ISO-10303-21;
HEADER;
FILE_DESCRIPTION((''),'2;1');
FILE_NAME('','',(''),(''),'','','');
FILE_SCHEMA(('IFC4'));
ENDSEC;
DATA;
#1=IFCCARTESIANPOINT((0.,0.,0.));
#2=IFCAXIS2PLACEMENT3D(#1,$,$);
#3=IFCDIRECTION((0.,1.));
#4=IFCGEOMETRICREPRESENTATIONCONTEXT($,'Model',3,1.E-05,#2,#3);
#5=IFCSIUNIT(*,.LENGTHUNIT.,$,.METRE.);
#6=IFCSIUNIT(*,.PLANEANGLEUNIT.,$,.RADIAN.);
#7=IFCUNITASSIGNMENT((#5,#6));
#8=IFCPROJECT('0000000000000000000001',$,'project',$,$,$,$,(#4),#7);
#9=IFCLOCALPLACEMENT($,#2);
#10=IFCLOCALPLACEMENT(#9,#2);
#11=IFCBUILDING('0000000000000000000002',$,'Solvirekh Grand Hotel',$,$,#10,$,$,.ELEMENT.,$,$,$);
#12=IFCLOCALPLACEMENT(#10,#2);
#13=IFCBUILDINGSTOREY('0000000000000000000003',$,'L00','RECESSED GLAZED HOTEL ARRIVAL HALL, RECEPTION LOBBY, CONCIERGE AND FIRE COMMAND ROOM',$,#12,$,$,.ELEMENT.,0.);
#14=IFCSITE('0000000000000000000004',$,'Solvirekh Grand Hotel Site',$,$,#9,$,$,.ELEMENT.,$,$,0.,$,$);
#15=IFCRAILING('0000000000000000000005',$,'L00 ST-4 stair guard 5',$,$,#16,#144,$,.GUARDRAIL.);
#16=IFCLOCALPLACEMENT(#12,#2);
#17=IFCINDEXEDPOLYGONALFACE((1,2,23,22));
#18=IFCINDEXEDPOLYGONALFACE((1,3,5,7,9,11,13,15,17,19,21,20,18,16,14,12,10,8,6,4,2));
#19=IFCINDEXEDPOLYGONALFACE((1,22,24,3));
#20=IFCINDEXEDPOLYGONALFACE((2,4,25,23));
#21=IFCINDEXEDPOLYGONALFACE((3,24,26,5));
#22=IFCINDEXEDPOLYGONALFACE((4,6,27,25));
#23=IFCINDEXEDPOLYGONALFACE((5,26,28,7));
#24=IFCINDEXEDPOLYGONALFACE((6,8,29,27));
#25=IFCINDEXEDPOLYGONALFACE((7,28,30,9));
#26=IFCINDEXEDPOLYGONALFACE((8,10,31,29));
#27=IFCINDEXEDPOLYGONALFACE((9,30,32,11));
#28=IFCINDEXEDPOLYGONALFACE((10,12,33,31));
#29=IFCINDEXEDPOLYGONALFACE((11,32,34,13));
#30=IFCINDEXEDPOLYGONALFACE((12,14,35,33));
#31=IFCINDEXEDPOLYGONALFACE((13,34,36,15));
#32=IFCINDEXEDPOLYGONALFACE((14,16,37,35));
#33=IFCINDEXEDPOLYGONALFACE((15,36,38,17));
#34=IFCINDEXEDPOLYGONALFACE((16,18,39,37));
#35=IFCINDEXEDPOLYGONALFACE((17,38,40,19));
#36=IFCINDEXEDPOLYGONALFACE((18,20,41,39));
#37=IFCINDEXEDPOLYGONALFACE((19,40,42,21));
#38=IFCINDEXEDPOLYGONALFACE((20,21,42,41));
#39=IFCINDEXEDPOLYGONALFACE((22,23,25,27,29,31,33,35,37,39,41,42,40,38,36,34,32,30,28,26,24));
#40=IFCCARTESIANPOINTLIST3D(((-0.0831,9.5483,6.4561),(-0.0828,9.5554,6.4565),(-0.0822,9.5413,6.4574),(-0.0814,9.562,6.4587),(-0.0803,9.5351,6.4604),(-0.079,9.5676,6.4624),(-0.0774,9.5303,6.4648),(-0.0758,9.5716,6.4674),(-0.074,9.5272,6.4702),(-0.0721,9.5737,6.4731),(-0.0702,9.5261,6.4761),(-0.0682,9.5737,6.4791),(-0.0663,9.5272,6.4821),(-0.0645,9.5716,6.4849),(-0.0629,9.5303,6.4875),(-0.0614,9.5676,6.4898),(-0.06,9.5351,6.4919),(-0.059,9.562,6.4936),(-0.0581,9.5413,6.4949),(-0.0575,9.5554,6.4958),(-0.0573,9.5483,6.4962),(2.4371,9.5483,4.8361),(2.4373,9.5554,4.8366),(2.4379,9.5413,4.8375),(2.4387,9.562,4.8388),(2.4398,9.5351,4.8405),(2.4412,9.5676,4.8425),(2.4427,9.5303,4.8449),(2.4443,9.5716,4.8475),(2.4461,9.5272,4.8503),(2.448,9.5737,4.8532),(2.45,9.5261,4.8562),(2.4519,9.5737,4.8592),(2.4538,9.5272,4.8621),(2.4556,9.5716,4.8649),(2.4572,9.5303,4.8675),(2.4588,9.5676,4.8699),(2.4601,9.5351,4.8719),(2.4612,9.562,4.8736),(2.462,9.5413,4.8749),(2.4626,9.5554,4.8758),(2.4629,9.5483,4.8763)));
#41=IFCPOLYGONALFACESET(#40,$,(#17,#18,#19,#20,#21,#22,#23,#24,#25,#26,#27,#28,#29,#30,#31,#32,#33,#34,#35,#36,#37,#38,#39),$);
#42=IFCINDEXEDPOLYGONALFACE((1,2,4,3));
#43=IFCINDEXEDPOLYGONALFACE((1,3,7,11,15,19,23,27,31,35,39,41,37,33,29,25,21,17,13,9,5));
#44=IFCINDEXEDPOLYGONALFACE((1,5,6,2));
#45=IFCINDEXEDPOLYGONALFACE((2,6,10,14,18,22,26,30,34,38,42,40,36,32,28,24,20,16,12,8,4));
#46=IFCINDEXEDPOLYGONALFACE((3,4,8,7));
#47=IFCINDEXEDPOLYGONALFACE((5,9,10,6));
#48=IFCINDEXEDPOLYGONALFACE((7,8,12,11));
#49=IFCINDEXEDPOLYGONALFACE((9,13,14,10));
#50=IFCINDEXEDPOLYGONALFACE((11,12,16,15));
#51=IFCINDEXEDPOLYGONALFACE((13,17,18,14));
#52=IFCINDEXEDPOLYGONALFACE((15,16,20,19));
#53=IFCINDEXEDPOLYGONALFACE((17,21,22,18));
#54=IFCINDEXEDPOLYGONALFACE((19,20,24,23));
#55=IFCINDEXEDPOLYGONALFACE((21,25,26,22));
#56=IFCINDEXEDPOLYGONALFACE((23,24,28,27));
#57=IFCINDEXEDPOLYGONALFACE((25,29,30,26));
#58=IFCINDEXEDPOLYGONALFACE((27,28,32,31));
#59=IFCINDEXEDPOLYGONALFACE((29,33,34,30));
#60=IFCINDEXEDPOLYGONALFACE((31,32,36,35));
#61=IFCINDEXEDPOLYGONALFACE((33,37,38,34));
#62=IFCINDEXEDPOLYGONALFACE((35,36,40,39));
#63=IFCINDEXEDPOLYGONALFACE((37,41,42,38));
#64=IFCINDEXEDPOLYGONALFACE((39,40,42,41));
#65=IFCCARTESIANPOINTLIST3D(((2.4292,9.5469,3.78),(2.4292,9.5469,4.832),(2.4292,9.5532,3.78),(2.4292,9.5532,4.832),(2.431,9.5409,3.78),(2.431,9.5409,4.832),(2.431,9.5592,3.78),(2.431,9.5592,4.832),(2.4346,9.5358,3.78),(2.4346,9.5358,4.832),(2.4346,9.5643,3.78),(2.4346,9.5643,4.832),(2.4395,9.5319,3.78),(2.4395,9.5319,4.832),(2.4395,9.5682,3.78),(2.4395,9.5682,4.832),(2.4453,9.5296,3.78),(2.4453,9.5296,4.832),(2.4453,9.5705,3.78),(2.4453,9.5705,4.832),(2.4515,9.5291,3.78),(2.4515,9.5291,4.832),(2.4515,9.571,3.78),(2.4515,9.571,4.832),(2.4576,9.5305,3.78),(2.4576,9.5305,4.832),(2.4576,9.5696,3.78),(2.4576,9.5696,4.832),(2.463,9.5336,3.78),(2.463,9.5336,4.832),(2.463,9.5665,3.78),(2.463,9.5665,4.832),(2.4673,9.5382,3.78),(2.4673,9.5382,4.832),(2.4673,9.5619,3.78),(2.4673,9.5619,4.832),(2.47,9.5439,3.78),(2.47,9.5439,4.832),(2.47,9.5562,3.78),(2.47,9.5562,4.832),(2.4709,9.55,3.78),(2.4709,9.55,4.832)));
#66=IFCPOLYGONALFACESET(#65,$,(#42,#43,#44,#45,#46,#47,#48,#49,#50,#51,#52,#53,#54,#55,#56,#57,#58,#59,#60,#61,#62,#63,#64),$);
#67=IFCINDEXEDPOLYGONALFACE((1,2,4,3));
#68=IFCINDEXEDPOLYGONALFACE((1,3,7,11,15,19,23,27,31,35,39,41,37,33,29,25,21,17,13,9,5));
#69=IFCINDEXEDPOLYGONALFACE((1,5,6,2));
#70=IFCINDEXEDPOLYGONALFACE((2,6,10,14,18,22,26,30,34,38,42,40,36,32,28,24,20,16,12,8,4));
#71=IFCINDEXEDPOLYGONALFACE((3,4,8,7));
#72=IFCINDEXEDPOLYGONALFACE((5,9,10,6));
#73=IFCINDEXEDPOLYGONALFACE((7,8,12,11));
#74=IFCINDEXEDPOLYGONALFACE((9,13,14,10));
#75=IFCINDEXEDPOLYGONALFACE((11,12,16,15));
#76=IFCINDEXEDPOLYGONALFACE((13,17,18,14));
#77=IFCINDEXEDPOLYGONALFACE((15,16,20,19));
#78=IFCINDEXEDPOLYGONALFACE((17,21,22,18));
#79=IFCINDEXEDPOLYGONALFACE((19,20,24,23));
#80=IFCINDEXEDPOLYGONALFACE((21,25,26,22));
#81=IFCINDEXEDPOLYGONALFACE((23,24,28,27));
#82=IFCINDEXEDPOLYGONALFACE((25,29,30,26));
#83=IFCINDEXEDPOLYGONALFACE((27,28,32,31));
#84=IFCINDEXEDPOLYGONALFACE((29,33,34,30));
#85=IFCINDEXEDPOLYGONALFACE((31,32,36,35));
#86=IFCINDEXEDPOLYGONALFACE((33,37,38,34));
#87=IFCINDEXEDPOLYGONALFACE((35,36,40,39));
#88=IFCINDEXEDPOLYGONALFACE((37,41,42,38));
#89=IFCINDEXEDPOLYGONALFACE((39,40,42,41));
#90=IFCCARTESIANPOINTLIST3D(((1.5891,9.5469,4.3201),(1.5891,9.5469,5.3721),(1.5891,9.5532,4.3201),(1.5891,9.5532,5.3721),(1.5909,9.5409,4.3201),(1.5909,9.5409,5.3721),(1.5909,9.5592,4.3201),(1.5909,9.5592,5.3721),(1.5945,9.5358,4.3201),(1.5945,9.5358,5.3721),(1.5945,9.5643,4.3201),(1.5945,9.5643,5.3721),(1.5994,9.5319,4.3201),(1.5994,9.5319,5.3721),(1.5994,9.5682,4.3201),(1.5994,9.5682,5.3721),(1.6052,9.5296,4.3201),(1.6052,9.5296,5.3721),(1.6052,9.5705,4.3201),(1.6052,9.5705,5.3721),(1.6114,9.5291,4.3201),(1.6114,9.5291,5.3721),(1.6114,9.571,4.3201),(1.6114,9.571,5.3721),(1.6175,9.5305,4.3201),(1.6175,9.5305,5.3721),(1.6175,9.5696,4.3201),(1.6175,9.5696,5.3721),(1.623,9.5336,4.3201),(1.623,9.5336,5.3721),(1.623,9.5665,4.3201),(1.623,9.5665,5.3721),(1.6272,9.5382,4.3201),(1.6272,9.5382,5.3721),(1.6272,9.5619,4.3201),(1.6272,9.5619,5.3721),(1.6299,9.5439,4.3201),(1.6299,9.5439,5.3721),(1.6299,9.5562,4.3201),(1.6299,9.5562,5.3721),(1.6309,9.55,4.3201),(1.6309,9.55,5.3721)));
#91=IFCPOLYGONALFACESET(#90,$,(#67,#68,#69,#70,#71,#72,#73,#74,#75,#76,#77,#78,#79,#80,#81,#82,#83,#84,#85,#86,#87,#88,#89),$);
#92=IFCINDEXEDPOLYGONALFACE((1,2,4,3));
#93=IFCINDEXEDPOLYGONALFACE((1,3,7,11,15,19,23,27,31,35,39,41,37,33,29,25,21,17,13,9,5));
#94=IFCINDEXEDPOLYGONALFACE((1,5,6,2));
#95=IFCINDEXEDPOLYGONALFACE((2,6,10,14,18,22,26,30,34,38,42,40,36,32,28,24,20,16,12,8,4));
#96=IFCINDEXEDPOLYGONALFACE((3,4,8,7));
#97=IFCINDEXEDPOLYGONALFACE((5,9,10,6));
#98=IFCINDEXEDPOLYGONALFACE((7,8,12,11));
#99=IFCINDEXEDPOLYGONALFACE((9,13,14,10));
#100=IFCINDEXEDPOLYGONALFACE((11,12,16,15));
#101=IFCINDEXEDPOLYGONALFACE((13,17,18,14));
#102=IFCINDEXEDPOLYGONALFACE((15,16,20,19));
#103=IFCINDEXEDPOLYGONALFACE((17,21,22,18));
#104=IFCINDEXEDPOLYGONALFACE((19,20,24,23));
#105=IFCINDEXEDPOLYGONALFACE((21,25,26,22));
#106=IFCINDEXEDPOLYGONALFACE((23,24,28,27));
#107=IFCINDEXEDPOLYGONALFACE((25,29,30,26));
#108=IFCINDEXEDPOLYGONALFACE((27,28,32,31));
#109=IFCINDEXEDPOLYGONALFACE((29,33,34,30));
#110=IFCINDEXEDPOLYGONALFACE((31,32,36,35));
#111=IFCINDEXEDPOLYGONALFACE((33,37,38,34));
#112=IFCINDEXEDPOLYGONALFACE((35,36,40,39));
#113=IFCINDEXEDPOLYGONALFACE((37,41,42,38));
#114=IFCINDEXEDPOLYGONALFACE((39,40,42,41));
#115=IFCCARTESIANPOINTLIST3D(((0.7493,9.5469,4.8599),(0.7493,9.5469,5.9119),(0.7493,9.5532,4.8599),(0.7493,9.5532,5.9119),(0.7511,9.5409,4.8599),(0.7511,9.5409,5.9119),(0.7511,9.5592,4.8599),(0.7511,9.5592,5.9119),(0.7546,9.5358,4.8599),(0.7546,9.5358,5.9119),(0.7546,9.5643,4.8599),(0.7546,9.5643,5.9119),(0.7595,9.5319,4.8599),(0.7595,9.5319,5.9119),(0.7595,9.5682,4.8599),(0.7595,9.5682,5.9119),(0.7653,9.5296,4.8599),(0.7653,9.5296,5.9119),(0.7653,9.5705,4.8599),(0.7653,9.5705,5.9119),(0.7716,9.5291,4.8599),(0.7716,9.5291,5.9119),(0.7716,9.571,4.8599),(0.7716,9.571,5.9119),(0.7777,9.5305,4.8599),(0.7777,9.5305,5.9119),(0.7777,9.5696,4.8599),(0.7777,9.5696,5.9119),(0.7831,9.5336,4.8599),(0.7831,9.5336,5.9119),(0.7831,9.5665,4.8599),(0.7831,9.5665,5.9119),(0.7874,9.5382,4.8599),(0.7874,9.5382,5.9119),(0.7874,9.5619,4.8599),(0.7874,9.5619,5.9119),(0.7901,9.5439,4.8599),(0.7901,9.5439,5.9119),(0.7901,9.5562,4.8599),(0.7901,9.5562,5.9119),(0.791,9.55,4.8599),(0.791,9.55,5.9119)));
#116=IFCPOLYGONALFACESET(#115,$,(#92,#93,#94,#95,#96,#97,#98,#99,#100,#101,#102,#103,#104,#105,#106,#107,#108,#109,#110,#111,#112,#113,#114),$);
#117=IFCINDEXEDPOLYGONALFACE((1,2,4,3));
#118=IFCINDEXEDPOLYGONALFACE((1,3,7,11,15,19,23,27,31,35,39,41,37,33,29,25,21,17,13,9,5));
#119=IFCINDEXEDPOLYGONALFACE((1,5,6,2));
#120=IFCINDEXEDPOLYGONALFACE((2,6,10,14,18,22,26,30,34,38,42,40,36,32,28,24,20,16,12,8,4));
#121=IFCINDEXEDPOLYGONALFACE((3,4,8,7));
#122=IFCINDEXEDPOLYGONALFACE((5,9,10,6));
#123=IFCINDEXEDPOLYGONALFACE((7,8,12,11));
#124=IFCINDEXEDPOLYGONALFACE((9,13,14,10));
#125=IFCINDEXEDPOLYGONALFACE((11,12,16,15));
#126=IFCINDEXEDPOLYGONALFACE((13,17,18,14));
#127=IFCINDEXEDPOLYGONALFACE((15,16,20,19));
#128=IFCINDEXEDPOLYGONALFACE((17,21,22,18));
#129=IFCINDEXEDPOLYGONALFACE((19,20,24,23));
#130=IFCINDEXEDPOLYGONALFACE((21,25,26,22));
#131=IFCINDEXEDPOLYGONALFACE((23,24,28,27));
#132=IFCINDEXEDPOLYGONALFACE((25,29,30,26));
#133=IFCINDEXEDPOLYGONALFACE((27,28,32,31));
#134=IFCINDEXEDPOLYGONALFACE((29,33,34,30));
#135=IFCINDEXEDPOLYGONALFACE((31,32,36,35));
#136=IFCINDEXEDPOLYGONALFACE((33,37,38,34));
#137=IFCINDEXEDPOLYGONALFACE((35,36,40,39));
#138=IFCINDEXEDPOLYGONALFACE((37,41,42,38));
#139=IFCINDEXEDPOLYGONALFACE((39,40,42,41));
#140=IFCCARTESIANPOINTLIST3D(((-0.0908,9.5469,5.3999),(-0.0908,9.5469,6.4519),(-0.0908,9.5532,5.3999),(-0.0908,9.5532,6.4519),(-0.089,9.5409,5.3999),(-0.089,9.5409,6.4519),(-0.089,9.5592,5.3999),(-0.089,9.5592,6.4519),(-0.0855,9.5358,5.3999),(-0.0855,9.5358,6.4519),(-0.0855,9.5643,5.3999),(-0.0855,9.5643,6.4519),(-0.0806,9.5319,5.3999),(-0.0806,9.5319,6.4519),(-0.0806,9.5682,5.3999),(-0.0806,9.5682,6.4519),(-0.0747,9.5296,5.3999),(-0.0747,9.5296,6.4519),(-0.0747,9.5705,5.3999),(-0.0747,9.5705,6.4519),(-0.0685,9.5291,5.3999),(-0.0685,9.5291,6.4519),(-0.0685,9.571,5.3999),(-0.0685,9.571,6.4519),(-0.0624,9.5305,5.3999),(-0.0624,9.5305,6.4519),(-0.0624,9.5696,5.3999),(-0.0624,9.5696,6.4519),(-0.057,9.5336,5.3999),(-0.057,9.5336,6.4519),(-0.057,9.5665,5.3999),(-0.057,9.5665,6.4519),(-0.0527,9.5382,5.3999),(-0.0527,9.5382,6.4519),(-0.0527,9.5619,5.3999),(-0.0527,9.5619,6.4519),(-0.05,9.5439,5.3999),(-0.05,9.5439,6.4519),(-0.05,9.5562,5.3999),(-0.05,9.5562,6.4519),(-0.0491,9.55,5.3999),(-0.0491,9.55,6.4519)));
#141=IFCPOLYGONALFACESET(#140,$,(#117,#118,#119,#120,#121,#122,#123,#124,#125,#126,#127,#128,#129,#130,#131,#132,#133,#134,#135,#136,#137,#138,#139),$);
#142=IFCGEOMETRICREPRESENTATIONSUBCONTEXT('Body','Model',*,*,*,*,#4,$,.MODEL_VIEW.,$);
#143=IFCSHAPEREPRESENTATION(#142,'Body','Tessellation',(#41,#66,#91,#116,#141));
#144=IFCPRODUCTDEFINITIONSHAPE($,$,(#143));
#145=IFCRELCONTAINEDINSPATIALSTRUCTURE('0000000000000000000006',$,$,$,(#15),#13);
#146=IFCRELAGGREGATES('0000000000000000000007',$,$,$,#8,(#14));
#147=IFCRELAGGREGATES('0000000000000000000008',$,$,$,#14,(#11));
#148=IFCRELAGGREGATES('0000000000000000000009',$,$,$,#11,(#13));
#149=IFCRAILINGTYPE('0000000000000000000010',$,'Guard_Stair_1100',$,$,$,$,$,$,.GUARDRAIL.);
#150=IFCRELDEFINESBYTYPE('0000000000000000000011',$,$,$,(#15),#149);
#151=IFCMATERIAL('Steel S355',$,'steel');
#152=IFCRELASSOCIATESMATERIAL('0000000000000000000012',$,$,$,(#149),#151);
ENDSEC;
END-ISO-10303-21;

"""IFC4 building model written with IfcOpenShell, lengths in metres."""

from ifc_helpers import new_model, si_unit, direction, frame, origin, origin_2d, place, context, subcontext, project, spatial, circle, extrude, material, type_object, element, save


model = new_model("IFC4")

# Units and contexts
model_context = context("Model", 3, precision=1e-05, world=origin(), true_north=direction((0.0, 1.0)))
body_context = subcontext(model_context, "Body", "Model", "MODEL_VIEW")
ifc_project = project(units=[si_unit("LENGTHUNIT", "METRE"), si_unit("PLANEANGLEUNIT", "RADIAN")], contexts=[model_context])

# Site, building, storey
site_placement = place(None, origin())
site = spatial("IfcSite", under=ifc_project, at=site_placement, Name="Solvirekh Grand Hotel Site", CompositionType="ELEMENT", RefElevation=0.0)
building_placement = place(site_placement, origin())
building = spatial("IfcBuilding", under=site, at=building_placement, Name="Solvirekh Grand Hotel", CompositionType="ELEMENT")
storey_placement = place(building_placement, origin())
storey = spatial("IfcBuildingStorey", under=building, at=storey_placement, Name="L00", Description="RECESSED GLAZED HOTEL ARRIVAL HALL, RECEPTION LOBBY, CONCIERGE AND FIRE COMMAND ROOM", CompositionType="ELEMENT", Elevation=0.0)

# Shared definitions
ifc_material_1 = material(Name="Steel S355", Category="steel")

# Railing
railing_type_1 = type_object("IfcRailingType", Name="Guard_Stair_1100", PredefinedType="GUARDRAIL", material=ifc_material_1)
railing_1_placement = place(storey_placement, frame((2.45, 9.55, 3.78)))
element("IfcRailing", 1, at=railing_1_placement, inside=storey, type_object=railing_type_1, Name="L00 ST-4 stair guard 5", PredefinedType="GUARDRAIL", context=body_context, shape_type="SweptSolid", body=[
    extrude(circle(Radius=0.0239, at=origin_2d()), frame((0.0, 0.0, 1.0762), z_axis=(-0.8412, 0.0, 0.540725), x_axis=(0.0, -1.0, 0.0)), (0.0, 0.0, 1.0), 2.9958),
    extrude(circle(Radius=0.021, at=origin_2d()), origin(), (0.0, 0.0, 1.0), 1.052),
    extrude(circle(Radius=0.021, at=origin_2d()), frame((-0.8401, 0.0, 0.54)), (0.0, 0.0, 1.0), 1.052),
    extrude(circle(Radius=0.021, at=origin_2d()), frame((-1.6799, 0.0, 1.0798)), (0.0, 0.0, 1.0), 1.052),
    extrude(circle(Radius=0.021, at=origin_2d()), frame((-2.52, 0.0, 1.6199)), (0.0, 0.0, 1.0), 1.052),
])

save(model, "model.ifc")
